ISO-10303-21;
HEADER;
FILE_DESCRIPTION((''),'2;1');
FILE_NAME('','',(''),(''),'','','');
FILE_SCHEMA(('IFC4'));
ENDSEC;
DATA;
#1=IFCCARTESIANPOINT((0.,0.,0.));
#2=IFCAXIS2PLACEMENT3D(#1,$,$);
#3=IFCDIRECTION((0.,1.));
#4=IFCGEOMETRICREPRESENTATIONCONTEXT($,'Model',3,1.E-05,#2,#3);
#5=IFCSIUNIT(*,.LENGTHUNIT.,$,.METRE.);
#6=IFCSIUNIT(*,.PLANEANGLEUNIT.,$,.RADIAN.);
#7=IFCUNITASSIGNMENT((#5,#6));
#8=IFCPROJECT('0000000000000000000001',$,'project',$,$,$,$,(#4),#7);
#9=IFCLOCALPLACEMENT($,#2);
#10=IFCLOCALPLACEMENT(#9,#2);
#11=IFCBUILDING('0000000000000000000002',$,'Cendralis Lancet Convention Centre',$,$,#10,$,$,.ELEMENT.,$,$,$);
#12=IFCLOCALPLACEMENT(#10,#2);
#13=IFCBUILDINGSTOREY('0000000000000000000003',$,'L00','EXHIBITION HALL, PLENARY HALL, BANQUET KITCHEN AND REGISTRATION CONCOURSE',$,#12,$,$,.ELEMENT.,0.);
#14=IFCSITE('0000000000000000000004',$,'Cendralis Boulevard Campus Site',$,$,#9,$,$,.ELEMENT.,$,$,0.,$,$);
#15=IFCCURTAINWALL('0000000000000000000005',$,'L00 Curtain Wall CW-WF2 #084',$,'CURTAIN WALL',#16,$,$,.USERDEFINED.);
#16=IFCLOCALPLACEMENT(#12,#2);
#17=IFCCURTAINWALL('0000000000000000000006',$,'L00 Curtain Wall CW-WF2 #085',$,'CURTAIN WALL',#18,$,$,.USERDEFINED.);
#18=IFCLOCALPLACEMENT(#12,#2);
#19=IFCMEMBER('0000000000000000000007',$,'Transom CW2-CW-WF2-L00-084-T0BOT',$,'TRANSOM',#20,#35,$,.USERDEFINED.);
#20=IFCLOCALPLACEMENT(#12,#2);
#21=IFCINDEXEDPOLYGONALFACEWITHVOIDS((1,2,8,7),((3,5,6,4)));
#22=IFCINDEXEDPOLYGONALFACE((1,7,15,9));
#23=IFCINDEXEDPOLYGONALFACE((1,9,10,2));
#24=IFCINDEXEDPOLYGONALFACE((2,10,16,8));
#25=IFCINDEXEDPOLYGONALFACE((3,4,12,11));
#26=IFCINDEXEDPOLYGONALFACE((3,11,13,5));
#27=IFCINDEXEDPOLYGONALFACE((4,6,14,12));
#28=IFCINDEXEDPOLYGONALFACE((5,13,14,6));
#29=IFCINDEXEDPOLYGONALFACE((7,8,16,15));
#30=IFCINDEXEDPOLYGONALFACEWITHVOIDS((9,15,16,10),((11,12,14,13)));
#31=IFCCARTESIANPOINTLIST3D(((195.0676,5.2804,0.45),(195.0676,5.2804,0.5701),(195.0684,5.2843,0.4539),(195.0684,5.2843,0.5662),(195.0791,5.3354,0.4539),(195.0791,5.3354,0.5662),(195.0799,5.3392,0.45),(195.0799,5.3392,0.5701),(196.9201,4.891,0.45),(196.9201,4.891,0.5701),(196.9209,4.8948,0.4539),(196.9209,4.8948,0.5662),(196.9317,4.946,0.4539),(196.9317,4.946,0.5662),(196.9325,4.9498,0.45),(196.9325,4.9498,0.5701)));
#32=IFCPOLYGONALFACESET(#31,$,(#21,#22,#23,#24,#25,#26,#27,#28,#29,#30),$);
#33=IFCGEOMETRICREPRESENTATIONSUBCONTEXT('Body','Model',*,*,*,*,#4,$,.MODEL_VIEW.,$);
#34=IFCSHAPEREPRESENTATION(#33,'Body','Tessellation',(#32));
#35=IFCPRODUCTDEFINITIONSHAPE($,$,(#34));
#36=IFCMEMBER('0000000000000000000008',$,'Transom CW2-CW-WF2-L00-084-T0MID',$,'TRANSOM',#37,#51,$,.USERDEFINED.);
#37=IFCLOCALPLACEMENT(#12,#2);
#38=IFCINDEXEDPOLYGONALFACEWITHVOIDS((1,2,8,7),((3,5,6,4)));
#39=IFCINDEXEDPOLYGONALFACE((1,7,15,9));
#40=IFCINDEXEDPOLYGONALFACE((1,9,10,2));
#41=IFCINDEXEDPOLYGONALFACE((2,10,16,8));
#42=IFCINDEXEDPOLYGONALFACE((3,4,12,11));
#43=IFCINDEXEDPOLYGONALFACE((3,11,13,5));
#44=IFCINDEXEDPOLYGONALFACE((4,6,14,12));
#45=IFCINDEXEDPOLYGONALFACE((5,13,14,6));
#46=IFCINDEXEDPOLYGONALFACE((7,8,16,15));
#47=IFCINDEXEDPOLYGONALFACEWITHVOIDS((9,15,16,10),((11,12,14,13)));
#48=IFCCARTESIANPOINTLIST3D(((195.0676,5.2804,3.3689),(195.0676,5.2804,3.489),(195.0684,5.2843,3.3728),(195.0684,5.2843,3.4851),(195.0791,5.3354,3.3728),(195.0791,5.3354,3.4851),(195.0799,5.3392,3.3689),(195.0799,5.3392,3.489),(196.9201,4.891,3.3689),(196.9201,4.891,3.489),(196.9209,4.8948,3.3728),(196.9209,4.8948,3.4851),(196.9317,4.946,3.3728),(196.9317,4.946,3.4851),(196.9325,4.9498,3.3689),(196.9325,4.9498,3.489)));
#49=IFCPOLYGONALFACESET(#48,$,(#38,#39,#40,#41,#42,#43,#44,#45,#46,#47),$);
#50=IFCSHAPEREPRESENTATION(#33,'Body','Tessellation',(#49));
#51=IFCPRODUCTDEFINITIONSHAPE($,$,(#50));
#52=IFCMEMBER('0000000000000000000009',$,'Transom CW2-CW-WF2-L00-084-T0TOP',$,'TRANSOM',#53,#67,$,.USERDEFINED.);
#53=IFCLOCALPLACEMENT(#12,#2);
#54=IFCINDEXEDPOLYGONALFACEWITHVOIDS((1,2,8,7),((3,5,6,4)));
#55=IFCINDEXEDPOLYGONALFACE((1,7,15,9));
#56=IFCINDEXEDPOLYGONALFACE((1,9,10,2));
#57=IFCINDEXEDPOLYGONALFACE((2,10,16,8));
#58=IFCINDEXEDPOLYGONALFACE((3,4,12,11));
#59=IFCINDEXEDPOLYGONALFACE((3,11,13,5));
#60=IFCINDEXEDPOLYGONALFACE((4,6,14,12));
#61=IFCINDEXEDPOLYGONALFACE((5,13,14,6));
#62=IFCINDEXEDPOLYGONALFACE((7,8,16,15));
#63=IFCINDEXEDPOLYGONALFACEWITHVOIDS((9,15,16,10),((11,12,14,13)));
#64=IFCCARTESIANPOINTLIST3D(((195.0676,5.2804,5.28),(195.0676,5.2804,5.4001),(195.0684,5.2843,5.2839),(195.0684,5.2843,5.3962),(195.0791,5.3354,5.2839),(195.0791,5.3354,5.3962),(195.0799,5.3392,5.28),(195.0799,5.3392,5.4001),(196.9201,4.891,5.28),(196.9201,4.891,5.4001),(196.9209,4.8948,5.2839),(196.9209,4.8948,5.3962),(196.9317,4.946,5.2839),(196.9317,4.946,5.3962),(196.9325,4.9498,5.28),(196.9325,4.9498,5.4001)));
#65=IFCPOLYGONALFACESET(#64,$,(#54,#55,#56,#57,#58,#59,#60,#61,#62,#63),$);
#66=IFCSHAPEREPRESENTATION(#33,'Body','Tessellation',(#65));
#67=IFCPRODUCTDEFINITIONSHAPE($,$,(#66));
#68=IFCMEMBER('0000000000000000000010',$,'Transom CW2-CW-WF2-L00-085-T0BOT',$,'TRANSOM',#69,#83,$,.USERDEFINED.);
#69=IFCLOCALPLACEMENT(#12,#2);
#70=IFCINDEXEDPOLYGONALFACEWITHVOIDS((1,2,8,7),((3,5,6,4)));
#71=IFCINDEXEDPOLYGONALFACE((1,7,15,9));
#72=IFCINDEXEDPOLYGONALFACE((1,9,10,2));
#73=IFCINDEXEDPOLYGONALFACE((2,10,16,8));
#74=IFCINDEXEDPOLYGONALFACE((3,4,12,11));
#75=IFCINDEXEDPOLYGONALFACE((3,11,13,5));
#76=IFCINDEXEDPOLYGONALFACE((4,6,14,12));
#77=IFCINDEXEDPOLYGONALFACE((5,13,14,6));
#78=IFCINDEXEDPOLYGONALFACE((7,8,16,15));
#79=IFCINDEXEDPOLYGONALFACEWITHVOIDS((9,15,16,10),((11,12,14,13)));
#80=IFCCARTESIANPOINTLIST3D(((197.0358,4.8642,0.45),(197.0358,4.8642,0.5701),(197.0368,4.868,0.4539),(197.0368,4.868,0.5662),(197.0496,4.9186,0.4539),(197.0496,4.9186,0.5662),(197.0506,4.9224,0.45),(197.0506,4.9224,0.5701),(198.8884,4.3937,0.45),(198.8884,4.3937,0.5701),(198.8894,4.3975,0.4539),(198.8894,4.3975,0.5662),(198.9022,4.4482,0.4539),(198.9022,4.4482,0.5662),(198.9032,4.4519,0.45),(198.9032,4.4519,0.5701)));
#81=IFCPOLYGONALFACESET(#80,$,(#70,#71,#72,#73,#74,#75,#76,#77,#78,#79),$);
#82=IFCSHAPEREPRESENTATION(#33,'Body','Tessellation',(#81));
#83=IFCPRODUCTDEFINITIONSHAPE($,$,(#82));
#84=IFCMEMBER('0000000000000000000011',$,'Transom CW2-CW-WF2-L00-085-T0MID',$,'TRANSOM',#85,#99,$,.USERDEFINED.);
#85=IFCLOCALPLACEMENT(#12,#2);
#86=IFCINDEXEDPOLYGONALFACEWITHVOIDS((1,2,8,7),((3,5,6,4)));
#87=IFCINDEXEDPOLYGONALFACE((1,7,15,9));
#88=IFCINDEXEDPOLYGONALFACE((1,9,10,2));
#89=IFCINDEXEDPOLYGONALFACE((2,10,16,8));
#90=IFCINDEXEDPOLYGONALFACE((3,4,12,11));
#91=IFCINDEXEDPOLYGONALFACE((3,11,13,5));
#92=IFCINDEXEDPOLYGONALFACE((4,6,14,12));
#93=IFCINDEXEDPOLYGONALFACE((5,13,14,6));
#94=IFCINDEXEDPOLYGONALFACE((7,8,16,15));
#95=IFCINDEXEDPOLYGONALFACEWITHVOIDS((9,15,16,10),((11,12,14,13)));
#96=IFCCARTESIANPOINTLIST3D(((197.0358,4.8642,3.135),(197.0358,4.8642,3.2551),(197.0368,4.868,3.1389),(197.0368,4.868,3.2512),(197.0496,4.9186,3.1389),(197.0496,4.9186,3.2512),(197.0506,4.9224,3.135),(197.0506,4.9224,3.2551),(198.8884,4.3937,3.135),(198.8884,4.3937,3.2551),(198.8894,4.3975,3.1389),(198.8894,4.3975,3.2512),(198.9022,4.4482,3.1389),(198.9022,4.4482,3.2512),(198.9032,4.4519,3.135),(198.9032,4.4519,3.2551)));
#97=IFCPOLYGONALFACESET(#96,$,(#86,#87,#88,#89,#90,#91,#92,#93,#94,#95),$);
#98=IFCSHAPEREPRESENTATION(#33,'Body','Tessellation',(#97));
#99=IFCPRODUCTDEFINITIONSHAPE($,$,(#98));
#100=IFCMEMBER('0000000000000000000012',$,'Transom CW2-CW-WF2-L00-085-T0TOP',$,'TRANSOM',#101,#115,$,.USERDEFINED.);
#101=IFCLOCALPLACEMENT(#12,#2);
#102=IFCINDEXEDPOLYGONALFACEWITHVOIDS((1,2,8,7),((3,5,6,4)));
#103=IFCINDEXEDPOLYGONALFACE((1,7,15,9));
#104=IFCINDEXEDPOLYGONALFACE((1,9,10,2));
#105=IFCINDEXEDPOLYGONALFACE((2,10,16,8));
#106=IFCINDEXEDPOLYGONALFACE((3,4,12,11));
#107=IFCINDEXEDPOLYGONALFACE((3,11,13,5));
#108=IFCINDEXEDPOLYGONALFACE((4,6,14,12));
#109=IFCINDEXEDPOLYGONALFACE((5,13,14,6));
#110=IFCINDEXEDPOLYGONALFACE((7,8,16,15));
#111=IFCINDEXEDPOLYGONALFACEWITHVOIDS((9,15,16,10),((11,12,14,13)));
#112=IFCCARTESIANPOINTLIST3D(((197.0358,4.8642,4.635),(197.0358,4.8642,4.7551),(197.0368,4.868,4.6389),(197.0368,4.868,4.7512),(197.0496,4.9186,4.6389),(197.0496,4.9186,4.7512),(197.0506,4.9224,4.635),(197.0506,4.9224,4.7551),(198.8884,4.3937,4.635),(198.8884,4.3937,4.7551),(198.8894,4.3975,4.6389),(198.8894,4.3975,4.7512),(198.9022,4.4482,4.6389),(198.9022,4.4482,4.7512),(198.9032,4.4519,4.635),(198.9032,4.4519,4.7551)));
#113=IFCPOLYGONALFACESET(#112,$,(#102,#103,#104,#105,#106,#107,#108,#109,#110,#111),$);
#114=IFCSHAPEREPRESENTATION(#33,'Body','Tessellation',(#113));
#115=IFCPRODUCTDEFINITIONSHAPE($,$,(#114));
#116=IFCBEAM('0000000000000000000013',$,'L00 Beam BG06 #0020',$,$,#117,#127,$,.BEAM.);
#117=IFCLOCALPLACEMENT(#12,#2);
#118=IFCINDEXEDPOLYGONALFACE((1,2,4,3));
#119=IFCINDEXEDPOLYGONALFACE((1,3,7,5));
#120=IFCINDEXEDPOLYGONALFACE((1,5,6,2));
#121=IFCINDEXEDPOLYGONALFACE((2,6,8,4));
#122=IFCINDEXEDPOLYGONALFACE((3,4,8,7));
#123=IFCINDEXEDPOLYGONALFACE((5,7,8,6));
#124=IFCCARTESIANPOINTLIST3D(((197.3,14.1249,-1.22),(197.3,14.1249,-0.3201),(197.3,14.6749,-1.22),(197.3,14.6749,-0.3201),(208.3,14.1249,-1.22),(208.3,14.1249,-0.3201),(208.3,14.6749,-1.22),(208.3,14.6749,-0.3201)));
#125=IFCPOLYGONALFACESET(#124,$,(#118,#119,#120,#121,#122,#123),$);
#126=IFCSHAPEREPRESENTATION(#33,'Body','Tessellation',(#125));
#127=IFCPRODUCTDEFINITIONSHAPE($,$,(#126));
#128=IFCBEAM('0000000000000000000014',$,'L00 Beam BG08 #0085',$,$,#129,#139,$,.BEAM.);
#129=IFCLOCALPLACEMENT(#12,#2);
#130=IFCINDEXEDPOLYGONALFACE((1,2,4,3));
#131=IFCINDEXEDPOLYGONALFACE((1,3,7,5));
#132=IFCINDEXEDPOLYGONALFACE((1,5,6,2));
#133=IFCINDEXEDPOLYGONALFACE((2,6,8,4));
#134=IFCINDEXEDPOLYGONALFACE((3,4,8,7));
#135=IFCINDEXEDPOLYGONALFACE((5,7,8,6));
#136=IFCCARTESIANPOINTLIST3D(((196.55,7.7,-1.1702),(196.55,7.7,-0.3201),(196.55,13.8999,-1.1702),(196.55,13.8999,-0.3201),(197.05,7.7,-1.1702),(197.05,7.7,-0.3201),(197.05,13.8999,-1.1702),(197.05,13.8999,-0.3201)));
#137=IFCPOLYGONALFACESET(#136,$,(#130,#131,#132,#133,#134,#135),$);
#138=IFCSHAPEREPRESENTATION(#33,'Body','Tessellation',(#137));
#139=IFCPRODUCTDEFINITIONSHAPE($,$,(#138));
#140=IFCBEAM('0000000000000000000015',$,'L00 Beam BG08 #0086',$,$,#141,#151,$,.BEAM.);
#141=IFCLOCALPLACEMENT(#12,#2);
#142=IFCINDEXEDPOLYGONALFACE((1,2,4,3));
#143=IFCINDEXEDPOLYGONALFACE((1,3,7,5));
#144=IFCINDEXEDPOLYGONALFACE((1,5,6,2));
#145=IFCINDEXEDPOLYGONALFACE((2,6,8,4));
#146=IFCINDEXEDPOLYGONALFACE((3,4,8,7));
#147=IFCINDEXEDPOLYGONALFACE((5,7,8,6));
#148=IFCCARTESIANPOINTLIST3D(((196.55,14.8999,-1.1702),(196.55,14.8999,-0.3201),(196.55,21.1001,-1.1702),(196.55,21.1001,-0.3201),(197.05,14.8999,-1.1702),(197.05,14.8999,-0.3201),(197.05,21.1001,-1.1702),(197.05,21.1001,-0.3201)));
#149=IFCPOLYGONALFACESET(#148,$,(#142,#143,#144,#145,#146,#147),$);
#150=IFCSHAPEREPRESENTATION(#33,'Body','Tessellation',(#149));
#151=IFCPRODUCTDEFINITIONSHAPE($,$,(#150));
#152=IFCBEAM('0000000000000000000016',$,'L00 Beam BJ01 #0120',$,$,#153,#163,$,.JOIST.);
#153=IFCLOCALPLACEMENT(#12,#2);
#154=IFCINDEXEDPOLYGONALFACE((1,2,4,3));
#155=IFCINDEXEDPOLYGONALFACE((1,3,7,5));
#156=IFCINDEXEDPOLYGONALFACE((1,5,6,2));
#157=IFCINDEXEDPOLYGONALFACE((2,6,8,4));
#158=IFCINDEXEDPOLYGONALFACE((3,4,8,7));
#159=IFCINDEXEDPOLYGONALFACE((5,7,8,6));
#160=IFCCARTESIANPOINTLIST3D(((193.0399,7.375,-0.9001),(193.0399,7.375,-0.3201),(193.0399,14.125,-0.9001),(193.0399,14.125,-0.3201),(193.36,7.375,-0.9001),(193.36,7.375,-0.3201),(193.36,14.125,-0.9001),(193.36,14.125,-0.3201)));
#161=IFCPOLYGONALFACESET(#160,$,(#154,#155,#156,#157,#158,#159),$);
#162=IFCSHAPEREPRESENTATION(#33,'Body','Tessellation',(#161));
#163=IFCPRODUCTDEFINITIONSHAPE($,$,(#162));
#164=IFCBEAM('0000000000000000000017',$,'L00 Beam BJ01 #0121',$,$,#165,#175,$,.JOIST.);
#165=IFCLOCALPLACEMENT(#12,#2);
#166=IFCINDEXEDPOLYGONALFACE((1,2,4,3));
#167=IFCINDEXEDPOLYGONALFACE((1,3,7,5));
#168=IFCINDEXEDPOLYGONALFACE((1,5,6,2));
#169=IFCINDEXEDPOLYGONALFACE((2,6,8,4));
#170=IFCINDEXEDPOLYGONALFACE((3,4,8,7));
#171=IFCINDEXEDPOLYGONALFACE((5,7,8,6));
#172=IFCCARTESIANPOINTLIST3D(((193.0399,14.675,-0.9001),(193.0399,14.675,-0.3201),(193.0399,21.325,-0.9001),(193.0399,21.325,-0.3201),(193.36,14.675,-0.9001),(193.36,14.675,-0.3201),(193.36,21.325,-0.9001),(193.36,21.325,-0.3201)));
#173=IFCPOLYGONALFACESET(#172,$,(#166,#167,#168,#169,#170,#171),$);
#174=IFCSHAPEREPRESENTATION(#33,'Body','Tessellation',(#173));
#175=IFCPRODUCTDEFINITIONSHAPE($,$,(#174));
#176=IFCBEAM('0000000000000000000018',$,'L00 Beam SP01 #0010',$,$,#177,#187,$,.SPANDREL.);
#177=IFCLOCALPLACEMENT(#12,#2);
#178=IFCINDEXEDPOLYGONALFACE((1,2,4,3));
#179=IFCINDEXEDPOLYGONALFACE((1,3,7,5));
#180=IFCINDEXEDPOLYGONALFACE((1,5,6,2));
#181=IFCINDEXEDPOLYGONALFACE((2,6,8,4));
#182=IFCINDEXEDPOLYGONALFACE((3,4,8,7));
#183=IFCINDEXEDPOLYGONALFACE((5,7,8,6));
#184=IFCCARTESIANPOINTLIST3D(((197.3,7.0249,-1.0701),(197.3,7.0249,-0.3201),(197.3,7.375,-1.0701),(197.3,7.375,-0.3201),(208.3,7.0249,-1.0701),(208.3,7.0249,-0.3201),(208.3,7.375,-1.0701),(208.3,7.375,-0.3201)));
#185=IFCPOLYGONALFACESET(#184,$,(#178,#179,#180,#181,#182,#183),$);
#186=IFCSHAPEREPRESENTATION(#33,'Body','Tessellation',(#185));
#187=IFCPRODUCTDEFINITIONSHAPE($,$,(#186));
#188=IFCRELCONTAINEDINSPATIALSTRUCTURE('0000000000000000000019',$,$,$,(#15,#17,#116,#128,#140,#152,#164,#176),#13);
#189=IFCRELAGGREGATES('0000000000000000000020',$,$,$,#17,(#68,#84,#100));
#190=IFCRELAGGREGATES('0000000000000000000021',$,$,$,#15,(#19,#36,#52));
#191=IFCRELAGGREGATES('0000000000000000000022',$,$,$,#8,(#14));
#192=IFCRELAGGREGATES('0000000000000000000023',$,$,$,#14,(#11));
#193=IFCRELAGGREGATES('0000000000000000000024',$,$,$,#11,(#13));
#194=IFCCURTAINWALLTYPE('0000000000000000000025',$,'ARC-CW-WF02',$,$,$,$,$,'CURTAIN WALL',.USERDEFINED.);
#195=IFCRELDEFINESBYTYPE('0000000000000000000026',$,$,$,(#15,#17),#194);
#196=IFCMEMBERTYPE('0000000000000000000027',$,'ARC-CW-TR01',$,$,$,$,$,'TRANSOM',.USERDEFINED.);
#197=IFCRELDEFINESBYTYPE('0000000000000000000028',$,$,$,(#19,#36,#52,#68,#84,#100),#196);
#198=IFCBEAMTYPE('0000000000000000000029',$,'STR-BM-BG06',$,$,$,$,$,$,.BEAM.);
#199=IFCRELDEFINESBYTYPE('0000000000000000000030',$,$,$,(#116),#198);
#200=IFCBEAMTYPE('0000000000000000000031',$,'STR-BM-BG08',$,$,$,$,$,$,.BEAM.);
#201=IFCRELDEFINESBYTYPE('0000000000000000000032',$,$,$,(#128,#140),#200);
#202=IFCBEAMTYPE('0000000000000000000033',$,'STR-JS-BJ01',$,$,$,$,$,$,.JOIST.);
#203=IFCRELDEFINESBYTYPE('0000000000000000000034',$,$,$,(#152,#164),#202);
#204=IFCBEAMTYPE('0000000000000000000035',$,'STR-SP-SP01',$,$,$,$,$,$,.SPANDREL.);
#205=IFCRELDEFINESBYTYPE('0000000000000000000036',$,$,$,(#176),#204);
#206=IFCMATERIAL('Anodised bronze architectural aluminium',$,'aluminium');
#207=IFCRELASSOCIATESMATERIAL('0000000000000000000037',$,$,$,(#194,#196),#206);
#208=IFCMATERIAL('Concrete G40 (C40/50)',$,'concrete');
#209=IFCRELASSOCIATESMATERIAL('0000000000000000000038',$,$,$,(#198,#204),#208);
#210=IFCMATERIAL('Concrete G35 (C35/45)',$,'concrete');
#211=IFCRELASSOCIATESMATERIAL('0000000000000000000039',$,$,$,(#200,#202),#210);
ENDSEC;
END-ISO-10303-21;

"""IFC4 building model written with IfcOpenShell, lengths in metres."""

from ifc_helpers import new_model, si_unit, direction, frame, origin, origin_2d, place, context, subcontext, project, spatial, rectangle, hollow_rectangle, extrude, material, material_profile, profile_set, type_object, element, aggregate, save


model = new_model("IFC4")

# Units and contexts
model_context = context("Model", 3, precision=1e-05, world=origin(), true_north=direction((0.0, 1.0)))
body_context = subcontext(model_context, "Body", "Model", "MODEL_VIEW")
ifc_project = project(units=[si_unit("LENGTHUNIT", "METRE"), si_unit("PLANEANGLEUNIT", "RADIAN")], contexts=[model_context])

# Site, building, storey
site_placement = place(None, origin())
site = spatial("IfcSite", under=ifc_project, at=site_placement, Name="Cendralis Boulevard Campus Site", CompositionType="ELEMENT", RefElevation=0.0)
building_placement = place(site_placement, origin())
building = spatial("IfcBuilding", under=site, at=building_placement, Name="Cendralis Lancet Convention Centre", CompositionType="ELEMENT")
storey_placement = place(building_placement, origin())
storey = spatial("IfcBuildingStorey", under=building, at=storey_placement, Name="L00", Description="EXHIBITION HALL, PLENARY HALL, BANQUET KITCHEN AND REGISTRATION CONCOURSE", CompositionType="ELEMENT", Elevation=0.0)

# Shared definitions
ifc_material_1 = material(Name="Concrete G40 (C40/50)", Category="concrete")

# Shared definitions
ifc_material_2 = material(Name="Anodised bronze architectural aluminium", Category="aluminium")
curtain_wall_type = type_object("IfcCurtainWallType", Name="ARC-CW-WF02", ElementType="CURTAIN WALL", PredefinedType="USERDEFINED", material=ifc_material_2)

# Curtain wall
curtain_wall_1_placement = place(storey_placement, origin())
curtain_wall_1 = element("IfcCurtainWall", 1, at=curtain_wall_1_placement, inside=storey, type_object=curtain_wall_type, Name="L00 Curtain Wall CW-WF2 #084", ObjectType="CURTAIN WALL", PredefinedType="USERDEFINED")

# Curtain wall
curtain_wall_2_placement = place(storey_placement, origin())
curtain_wall_2 = element("IfcCurtainWall", 2, at=curtain_wall_2_placement, inside=storey, type_object=curtain_wall_type, Name="L00 Curtain Wall CW-WF2 #085", ObjectType="CURTAIN WALL", PredefinedType="USERDEFINED")

# Members
ifc_material_profile_1 = material_profile(ifc_material_2, hollow_rectangle(XDim=0.0601, YDim=0.1201, WallThickness=0.0039, at=origin_2d()), Name="AL-TRAN 60x120x4.0")
ifc_profile_set_1 = profile_set([ifc_material_profile_1], Name="Anodised bronze architectural aluminium")
member_type_1 = type_object("IfcMemberType", Name="ARC-CW-TR01", ElementType="TRANSOM", PredefinedType="USERDEFINED", material=ifc_profile_set_1)
member_1_placement = place(storey_placement, frame((195.0737, 5.3098, 0.51), z_axis=(0.978614, -0.205705, 0.0), x_axis=(0.205705, 0.978614, 0.0)))
member_1 = element("IfcMember", 3, at=member_1_placement, type_object=member_type_1, Name="Transom CW2-CW-WF2-L00-084-T0BOT", ObjectType="TRANSOM", PredefinedType="USERDEFINED", context=body_context, shape_type="SweptSolid", body=[
    extrude(hollow_rectangle(XDim=0.0601, YDim=0.1201, WallThickness=0.0039, at=origin_2d()), origin(), (0.0, 0.0, 1.0), 1.8931),
])
member_2_placement = place(storey_placement, frame((195.0737, 5.3098, 3.429), z_axis=(0.978614, -0.205705, 0.0), x_axis=(0.205705, 0.978614, 0.0)))
member_2 = element("IfcMember", 4, at=member_2_placement, type_object=member_type_1, Name="Transom CW2-CW-WF2-L00-084-T0MID", ObjectType="TRANSOM", PredefinedType="USERDEFINED", context=body_context, shape_type="SweptSolid", body=[
    extrude(hollow_rectangle(XDim=0.0601, YDim=0.1201, WallThickness=0.0039, at=origin_2d()), origin(), (0.0, 0.0, 1.0), 1.8931),
])
member_3_placement = place(storey_placement, frame((195.0737, 5.3098, 5.3401), z_axis=(0.978614, -0.205705, 0.0), x_axis=(0.205705, 0.978614, 0.0)))
member_3 = element("IfcMember", 5, at=member_3_placement, type_object=member_type_1, Name="Transom CW2-CW-WF2-L00-084-T0TOP", ObjectType="TRANSOM", PredefinedType="USERDEFINED", context=body_context, shape_type="SweptSolid", body=[
    extrude(hollow_rectangle(XDim=0.0601, YDim=0.1201, WallThickness=0.0039, at=origin_2d()), origin(), (0.0, 0.0, 1.0), 1.8931),
])
member_4_placement = place(storey_placement, frame((197.0432, 4.8933, 0.51), z_axis=(0.969234, -0.246141, 0.0), x_axis=(0.246141, 0.969234, 0.0)))
member_4 = element("IfcMember", 6, at=member_4_placement, type_object=member_type_1, Name="Transom CW2-CW-WF2-L00-085-T0BOT", ObjectType="TRANSOM", PredefinedType="USERDEFINED", context=body_context, shape_type="SweptSolid", body=[
    extrude(hollow_rectangle(XDim=0.0601, YDim=0.1201, WallThickness=0.0039, at=origin_2d()), origin(), (0.0, 0.0, 1.0), 1.9114),
])
member_5_placement = place(storey_placement, frame((197.0432, 4.8933, 3.1951), z_axis=(0.969234, -0.246141, 0.0), x_axis=(0.246141, 0.969234, 0.0)))
member_5 = element("IfcMember", 7, at=member_5_placement, type_object=member_type_1, Name="Transom CW2-CW-WF2-L00-085-T0MID", ObjectType="TRANSOM", PredefinedType="USERDEFINED", context=body_context, shape_type="SweptSolid", body=[
    extrude(hollow_rectangle(XDim=0.0601, YDim=0.1201, WallThickness=0.0039, at=origin_2d()), origin(), (0.0, 0.0, 1.0), 1.9114),
])
member_6_placement = place(storey_placement, frame((197.0432, 4.8933, 4.6951), z_axis=(0.969234, -0.246141, 0.0), x_axis=(0.246141, 0.969234, 0.0)))
member_6 = element("IfcMember", 8, at=member_6_placement, type_object=member_type_1, Name="Transom CW2-CW-WF2-L00-085-T0TOP", ObjectType="TRANSOM", PredefinedType="USERDEFINED", context=body_context, shape_type="SweptSolid", body=[
    extrude(hollow_rectangle(XDim=0.0601, YDim=0.1201, WallThickness=0.0039, at=origin_2d()), origin(), (0.0, 0.0, 1.0), 1.9114),
])
aggregate(curtain_wall_2, [member_4, member_5, member_6])

# Beams
ifc_material_profile_2 = material_profile(ifc_material_1, rectangle(XDim=0.55, YDim=0.8999, at=origin_2d()), Name="RCB 550x900")
ifc_profile_set_2 = profile_set([ifc_material_profile_2], Name="Concrete G40 (C40/50)")
beam_type_1 = type_object("IfcBeamType", Name="STR-BM-BG06", PredefinedType="BEAM", material=ifc_profile_set_2)
beam_1_placement = place(storey_placement, frame((197.3, 14.3999, -0.77), z_axis=(1.0, 0.0, 0.0), x_axis=(0.0, 1.0, 0.0)))
element("IfcBeam", 9, at=beam_1_placement, inside=storey, type_object=beam_type_1, Name="L00 Beam BG06 #0020", PredefinedType="BEAM", context=body_context, shape_type="SweptSolid", body=[
    extrude(rectangle(XDim=0.55, YDim=0.8999, at=origin_2d()), origin(), (0.0, 0.0, 1.0), 11.0),
])
ifc_material_3 = material(Name="Concrete G35 (C35/45)", Category="concrete")
ifc_material_profile_3 = material_profile(ifc_material_3, rectangle(XDim=0.5, YDim=0.8501, at=origin_2d()), Name="RCB 500x850")
ifc_profile_set_3 = profile_set([ifc_material_profile_3], Name="Concrete G35 (C35/45)")
beam_type_2 = type_object("IfcBeamType", Name="STR-BM-BG08", PredefinedType="BEAM", material=ifc_profile_set_3)
beam_2_placement = place(storey_placement, frame((196.8, 7.7, -0.7451), z_axis=(0.0, 1.0, 0.0), x_axis=(-1.0, 0.0, 0.0)))
element("IfcBeam", 10, at=beam_2_placement, inside=storey, type_object=beam_type_2, Name="L00 Beam BG08 #0085", PredefinedType="BEAM", context=body_context, shape_type="SweptSolid", body=[
    extrude(rectangle(XDim=0.5, YDim=0.8501, at=origin_2d()), origin(), (0.0, 0.0, 1.0), 6.2),
])
beam_3_placement = place(storey_placement, frame((196.8, 14.8999, -0.7451), z_axis=(0.0, 1.0, 0.0), x_axis=(-1.0, 0.0, 0.0)))
element("IfcBeam", 11, at=beam_3_placement, inside=storey, type_object=beam_type_2, Name="L00 Beam BG08 #0086", PredefinedType="BEAM", context=body_context, shape_type="SweptSolid", body=[
    extrude(rectangle(XDim=0.5, YDim=0.8501, at=origin_2d()), origin(), (0.0, 0.0, 1.0), 6.2002),
])
ifc_material_profile_4 = material_profile(ifc_material_3, rectangle(XDim=0.3201, YDim=0.5801, at=origin_2d()), Name="RCB 320x580")
ifc_profile_set_4 = profile_set([ifc_material_profile_4], Name="Concrete G35 (C35/45)")
beam_type_3 = type_object("IfcBeamType", Name="STR-JS-BJ01", PredefinedType="JOIST", material=ifc_profile_set_4)
beam_4_placement = place(storey_placement, frame((193.2, 7.375, -0.6101), z_axis=(0.0, 1.0, 0.0), x_axis=(-1.0, 0.0, 0.0)))
element("IfcBeam", 12, at=beam_4_placement, inside=storey, type_object=beam_type_3, Name="L00 Beam BJ01 #0120", PredefinedType="JOIST", context=body_context, shape_type="SweptSolid", body=[
    extrude(rectangle(XDim=0.3201, YDim=0.5801, at=origin_2d()), origin(), (0.0, 0.0, 1.0), 6.75),
])
beam_5_placement = place(storey_placement, frame((193.2, 14.675, -0.6101), z_axis=(0.0, 1.0, 0.0), x_axis=(-1.0, 0.0, 0.0)))
element("IfcBeam", 13, at=beam_5_placement, inside=storey, type_object=beam_type_3, Name="L00 Beam BJ01 #0121", PredefinedType="JOIST", context=body_context, shape_type="SweptSolid", body=[
    extrude(rectangle(XDim=0.3201, YDim=0.5801, at=origin_2d()), origin(), (0.0, 0.0, 1.0), 6.6499),
])
ifc_material_profile_5 = material_profile(ifc_material_1, rectangle(XDim=0.3501, YDim=0.75, at=origin_2d()), Name="RCB 350x750")
ifc_profile_set_5 = profile_set([ifc_material_profile_5], Name="Concrete G40 (C40/50)")
beam_type_4 = type_object("IfcBeamType", Name="STR-SP-SP01", PredefinedType="SPANDREL", material=ifc_profile_set_5)
beam_6_placement = place(storey_placement, frame((197.3, 7.2, -0.6951), z_axis=(1.0, 0.0, 0.0), x_axis=(0.0, 1.0, 0.0)))
element("IfcBeam", 14, at=beam_6_placement, inside=storey, type_object=beam_type_4, Name="L00 Beam SP01 #0010", PredefinedType="SPANDREL", context=body_context, shape_type="SweptSolid", body=[
    extrude(rectangle(XDim=0.3501, YDim=0.75, at=origin_2d()), origin(), (0.0, 0.0, 1.0), 11.0),
])

aggregate(curtain_wall_1, [member_1, member_2, member_3])

save(model, "model.ifc")
